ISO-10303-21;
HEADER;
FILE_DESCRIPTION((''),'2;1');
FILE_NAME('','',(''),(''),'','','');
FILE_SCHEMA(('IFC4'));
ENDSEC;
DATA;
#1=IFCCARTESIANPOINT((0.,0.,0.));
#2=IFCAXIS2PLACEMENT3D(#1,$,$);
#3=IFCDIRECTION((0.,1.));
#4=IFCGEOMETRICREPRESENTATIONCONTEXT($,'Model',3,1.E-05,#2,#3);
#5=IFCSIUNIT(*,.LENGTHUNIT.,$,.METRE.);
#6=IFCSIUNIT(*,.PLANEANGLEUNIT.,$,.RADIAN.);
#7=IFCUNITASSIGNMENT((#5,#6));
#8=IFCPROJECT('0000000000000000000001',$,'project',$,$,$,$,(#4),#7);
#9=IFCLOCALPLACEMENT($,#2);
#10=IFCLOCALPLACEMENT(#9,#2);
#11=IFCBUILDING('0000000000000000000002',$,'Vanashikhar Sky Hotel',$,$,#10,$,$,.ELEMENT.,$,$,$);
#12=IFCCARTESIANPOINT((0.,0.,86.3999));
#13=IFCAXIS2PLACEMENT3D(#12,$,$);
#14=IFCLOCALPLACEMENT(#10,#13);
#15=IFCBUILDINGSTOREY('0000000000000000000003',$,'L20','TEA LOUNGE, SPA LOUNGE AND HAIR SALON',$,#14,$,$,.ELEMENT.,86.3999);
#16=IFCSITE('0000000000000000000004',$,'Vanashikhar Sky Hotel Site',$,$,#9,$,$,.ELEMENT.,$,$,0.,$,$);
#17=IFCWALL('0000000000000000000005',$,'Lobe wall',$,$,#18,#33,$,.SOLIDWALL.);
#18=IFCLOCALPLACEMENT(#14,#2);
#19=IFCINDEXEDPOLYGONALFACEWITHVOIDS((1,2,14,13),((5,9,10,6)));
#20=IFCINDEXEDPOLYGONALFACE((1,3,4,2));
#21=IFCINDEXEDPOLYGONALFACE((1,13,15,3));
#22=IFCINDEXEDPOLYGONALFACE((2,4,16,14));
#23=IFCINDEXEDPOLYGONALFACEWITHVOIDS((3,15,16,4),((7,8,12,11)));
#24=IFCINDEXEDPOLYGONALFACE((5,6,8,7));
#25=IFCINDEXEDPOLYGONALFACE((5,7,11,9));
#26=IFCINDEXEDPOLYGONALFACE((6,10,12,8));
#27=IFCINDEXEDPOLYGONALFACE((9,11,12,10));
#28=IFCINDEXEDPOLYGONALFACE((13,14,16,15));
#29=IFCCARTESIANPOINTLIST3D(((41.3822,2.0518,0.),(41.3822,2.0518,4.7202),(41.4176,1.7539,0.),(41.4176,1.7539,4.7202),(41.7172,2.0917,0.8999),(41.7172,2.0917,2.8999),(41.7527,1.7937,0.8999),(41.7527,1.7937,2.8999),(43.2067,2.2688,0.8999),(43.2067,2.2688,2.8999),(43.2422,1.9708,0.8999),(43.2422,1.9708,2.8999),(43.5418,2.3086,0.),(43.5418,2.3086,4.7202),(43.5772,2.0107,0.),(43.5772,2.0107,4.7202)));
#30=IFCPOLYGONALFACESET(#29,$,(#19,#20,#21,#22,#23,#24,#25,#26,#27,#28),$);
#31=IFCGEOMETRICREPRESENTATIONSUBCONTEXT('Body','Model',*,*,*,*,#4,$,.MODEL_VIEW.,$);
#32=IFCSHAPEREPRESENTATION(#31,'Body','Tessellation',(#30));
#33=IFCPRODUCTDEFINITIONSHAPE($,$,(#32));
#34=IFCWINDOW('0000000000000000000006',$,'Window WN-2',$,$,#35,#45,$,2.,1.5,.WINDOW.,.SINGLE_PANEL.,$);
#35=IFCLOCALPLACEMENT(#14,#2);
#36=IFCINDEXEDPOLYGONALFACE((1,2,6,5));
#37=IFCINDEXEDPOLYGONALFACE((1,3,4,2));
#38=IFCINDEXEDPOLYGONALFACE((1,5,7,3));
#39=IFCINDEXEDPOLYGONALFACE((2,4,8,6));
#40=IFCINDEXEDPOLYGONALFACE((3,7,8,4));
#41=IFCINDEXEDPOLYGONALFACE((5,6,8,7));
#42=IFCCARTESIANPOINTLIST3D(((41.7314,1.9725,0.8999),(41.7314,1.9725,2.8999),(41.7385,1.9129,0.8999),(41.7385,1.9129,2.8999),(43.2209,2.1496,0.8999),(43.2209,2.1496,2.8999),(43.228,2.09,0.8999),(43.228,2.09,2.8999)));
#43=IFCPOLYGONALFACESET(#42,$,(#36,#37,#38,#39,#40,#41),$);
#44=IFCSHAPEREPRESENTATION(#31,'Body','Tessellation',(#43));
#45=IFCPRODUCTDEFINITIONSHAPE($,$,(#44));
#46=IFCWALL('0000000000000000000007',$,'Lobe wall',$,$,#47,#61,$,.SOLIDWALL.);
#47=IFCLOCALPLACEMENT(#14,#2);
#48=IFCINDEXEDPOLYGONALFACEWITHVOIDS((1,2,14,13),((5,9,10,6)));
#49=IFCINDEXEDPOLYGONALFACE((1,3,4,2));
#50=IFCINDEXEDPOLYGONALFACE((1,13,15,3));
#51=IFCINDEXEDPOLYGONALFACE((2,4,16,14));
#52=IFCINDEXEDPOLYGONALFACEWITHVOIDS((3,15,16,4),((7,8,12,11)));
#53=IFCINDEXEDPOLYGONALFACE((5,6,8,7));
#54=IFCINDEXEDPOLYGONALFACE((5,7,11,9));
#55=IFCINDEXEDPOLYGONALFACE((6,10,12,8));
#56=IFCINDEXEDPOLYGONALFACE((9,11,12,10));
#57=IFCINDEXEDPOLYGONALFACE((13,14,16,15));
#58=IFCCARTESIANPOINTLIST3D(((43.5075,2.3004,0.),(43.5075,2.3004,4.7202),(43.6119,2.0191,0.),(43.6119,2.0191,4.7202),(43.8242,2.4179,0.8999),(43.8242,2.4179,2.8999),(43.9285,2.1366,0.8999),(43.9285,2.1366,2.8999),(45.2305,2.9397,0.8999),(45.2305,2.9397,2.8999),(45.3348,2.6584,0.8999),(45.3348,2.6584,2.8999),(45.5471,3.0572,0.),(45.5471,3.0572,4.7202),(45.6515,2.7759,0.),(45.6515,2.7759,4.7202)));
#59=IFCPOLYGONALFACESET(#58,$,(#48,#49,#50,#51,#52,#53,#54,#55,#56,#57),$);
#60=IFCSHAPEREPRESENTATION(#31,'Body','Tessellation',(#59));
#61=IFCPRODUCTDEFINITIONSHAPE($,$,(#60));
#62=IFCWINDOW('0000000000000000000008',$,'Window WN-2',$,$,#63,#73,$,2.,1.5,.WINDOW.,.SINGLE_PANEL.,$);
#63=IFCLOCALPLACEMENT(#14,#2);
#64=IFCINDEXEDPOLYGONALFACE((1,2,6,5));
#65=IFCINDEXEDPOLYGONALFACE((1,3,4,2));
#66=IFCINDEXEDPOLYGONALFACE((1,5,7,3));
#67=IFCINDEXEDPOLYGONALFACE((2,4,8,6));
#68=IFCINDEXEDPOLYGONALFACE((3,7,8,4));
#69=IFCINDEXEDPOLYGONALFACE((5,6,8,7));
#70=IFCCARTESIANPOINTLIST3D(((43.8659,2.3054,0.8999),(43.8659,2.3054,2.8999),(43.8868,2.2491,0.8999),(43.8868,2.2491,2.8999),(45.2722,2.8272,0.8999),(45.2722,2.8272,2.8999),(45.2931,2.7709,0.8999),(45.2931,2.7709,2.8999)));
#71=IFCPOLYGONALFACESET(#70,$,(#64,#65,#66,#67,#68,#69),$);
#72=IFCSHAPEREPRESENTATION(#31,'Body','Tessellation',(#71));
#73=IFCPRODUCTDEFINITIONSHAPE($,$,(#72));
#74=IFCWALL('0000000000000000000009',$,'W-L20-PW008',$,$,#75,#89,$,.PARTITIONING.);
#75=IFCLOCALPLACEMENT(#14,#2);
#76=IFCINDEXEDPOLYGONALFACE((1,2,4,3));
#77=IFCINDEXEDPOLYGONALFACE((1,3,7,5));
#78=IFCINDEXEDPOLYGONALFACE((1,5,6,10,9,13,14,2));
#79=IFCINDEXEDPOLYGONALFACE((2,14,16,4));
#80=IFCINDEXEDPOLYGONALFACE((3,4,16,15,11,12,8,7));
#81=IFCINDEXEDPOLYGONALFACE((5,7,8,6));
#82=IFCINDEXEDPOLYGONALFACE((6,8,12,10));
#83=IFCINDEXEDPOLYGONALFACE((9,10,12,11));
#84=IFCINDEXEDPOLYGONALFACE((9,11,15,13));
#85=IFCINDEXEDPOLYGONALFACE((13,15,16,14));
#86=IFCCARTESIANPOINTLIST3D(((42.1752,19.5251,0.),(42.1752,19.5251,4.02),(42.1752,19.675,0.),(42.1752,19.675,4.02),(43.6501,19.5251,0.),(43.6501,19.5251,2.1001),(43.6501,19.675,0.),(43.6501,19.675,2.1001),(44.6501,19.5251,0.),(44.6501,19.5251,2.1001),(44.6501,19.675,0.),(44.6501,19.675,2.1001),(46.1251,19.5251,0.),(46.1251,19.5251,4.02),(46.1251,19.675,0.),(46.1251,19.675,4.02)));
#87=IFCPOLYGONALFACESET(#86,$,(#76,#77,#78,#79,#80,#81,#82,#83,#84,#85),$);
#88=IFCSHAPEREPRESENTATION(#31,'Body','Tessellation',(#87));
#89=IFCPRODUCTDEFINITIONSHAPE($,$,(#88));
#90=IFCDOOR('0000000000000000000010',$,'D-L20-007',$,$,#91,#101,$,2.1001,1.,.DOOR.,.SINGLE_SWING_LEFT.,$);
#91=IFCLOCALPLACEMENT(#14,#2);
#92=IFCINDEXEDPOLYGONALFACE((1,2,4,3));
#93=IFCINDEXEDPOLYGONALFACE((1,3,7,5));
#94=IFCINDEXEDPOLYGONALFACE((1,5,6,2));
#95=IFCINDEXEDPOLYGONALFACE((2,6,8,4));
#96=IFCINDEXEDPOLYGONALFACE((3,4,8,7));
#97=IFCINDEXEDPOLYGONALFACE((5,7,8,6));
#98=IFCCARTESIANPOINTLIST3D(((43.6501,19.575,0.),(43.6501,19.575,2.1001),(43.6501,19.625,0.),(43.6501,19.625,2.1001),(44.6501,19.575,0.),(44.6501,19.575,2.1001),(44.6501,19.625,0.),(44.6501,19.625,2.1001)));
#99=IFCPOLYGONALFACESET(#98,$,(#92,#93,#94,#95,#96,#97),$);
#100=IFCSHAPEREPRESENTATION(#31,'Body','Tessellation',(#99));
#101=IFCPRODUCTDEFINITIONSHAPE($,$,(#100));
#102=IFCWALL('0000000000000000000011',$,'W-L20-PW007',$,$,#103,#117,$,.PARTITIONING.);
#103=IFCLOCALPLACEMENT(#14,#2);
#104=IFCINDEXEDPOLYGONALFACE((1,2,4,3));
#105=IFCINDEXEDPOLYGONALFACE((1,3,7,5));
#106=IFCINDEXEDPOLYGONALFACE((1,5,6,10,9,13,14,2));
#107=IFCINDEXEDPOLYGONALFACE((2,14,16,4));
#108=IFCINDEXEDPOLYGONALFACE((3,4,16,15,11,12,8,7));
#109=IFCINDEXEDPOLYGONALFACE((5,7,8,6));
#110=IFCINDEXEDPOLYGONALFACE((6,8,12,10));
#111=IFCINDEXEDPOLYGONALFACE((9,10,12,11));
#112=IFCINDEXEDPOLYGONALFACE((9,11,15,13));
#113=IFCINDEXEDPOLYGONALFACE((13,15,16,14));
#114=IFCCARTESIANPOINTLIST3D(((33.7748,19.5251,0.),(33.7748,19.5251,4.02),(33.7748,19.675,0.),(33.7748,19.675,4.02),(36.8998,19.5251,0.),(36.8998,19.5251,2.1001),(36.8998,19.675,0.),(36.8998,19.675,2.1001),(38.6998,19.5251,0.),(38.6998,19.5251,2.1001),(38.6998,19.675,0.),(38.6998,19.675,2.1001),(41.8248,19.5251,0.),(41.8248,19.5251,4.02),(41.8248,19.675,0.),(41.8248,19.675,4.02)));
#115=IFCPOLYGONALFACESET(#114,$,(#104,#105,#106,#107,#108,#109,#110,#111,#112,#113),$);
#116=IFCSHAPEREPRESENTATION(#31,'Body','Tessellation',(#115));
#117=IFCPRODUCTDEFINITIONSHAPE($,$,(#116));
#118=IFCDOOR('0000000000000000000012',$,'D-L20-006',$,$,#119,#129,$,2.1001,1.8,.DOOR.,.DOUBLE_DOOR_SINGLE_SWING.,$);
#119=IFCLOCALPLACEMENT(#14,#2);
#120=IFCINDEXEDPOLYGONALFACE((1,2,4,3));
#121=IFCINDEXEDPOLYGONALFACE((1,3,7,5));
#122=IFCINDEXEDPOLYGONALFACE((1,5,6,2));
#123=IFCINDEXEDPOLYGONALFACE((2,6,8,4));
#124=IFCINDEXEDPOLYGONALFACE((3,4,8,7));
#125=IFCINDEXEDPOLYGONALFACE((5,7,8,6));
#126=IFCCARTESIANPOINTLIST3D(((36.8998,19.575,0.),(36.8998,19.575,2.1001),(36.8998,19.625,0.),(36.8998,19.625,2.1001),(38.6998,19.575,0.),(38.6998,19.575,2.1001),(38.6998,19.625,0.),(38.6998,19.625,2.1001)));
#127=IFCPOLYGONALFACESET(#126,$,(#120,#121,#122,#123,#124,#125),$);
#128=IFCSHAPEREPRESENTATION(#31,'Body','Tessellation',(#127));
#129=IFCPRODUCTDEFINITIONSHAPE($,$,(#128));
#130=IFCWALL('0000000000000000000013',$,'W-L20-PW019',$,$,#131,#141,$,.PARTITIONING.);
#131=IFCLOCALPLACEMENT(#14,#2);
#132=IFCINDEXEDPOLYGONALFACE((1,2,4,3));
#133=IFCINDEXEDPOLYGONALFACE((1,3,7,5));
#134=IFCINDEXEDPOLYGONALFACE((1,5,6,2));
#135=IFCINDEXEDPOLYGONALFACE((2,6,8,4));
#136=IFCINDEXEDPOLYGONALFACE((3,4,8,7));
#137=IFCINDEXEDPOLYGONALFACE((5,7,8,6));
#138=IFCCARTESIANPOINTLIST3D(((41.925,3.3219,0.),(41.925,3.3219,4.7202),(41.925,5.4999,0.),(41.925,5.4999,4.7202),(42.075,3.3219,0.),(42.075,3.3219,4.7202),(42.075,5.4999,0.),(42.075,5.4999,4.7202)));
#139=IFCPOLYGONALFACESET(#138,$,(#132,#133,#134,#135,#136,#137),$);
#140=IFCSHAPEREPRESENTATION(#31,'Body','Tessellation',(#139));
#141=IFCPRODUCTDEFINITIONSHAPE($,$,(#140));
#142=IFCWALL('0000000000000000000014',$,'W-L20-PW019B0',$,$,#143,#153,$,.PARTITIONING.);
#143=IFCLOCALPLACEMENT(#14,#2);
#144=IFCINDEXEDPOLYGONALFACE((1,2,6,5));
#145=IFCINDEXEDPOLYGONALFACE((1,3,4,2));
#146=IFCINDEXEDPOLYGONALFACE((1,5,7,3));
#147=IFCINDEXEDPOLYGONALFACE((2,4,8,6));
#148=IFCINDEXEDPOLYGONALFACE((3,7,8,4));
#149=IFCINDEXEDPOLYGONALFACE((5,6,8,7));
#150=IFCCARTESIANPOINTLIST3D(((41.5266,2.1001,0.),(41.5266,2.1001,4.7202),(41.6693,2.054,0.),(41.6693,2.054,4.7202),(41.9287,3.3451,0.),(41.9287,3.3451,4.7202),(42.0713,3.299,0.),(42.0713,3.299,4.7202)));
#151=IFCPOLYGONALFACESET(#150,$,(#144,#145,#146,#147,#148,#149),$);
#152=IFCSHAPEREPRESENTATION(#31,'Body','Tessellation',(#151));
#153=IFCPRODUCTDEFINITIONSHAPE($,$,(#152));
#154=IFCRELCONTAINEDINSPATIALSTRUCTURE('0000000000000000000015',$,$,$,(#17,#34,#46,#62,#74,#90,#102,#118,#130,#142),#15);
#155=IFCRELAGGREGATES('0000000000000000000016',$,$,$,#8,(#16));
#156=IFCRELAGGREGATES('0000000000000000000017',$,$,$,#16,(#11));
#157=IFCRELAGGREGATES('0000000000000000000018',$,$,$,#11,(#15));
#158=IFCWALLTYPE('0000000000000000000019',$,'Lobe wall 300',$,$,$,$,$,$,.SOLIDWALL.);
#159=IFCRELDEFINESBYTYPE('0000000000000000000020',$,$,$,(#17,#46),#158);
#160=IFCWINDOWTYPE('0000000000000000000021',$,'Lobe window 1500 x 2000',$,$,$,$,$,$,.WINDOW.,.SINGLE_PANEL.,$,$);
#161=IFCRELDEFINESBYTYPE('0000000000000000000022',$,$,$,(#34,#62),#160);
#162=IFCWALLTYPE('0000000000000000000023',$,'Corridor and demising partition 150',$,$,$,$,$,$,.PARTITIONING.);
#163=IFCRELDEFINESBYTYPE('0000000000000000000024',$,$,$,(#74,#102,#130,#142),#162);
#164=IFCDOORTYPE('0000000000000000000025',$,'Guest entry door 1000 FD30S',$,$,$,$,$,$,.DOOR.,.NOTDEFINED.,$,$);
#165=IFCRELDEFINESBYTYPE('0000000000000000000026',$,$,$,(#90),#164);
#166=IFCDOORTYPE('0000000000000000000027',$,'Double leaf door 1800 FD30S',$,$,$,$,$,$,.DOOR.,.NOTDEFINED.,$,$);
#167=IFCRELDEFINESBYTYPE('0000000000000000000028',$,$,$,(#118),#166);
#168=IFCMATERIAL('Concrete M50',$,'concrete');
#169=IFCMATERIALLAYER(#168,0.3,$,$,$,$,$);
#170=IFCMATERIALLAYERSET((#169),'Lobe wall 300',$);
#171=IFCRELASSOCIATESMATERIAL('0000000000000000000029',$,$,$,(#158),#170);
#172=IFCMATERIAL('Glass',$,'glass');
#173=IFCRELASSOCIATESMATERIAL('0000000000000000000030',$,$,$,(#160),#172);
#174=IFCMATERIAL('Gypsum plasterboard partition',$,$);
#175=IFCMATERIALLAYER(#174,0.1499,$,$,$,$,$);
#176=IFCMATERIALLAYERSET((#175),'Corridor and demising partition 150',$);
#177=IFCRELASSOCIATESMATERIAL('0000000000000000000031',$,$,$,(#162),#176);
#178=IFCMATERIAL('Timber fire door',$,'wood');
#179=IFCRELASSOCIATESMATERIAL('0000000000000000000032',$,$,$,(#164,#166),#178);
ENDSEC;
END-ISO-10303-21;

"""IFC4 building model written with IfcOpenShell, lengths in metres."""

from ifc_helpers import new_model, si_unit, direction, frame, frame_2d, origin, place, context, subcontext, project, spatial, rectangle, extrude, source, transform, mapped, material, layer, layer_set, type_object, element, fill, save


model = new_model("IFC4")

# Units and contexts
model_context = context("Model", 3, precision=1e-05, world=origin(), true_north=direction((0.0, 1.0)))
body_context = subcontext(model_context, "Body", "Model", "MODEL_VIEW")
ifc_project = project(units=[si_unit("LENGTHUNIT", "METRE"), si_unit("PLANEANGLEUNIT", "RADIAN")], contexts=[model_context])

# Site, building, storey
site_placement = place(None, origin())
site = spatial("IfcSite", under=ifc_project, at=site_placement, Name="Vanashikhar Sky Hotel Site", CompositionType="ELEMENT", RefElevation=0.0)
building_placement = place(site_placement, origin())
building = spatial("IfcBuilding", under=site, at=building_placement, Name="Vanashikhar Sky Hotel", CompositionType="ELEMENT")
storey_placement = place(building_placement, frame((0.0, 0.0, 86.3999)))
storey = spatial("IfcBuildingStorey", under=building, at=storey_placement, Name="L20", Description="TEA LOUNGE, SPA LOUNGE AND HAIR SALON", CompositionType="ELEMENT", Elevation=86.3999)

# Shared definitions
ifc_material_1 = material(Name="Concrete M50", Category="concrete")

# Walls, openings, windows
ifc_layer_1 = layer(ifc_material_1, 0.3)
ifc_layer_set_1 = layer_set([ifc_layer_1], Name="Lobe wall 300")
wall_type_1 = type_object("IfcWallType", Name="Lobe wall 300", PredefinedType="SOLIDWALL", material=ifc_layer_set_1)
shared_shape_1 = source(origin(), body_context, "Body", "SweptSolid", [
    extrude(rectangle(XDim=1.5, YDim=2.0, at=frame_2d((0.75, 1.0))), frame((0.0, 0.1602, 0.0), z_axis=(0.0, -1.0, 0.0), x_axis=(1.0, 0.0, 0.0)), (0.0, 0.0, 1.0), 0.3201),
])
ifc_material_2 = material(Name="Glass", Category="glass")
window_type = type_object("IfcWindowType", Name="Lobe window 1500 x 2000", PartitioningType="SINGLE_PANEL", PredefinedType="WINDOW", material=ifc_material_2)
shared_shape_2 = source(origin(), body_context, "Body", "SweptSolid", [
    extrude(rectangle(XDim=1.5, YDim=2.0, at=frame_2d((0.75, 1.0))), frame((0.0, 0.03, 0.0), z_axis=(0.0, -1.0, 0.0), x_axis=(1.0, 0.0, 0.0)), (0.0, 0.0, 1.0), 0.0601),
])
shared_shape_3 = source(origin(), body_context, "Body", "SweptSolid", [
    extrude(rectangle(XDim=2.1748, YDim=0.3, at=frame_2d((1.0874, 0.0))), origin(), (0.0, 0.0, 1.0), 4.7202),
])
wall_1_placement = place(storey_placement, frame((41.3999, 1.9028, 0.0), z_axis=(0.0, 0.0, 1.0), x_axis=(0.993003, 0.118092, 0.0)))
wall_1 = element("IfcWall", 1, at=wall_1_placement, inside=storey, type_object=wall_type_1, Name="Lobe wall", PredefinedType="SOLIDWALL", context=body_context, shape_type="MappedRepresentation", body=[
    mapped(shared_shape_3, transform((0.0, 0.0, 0.0), scale=1.0)),
])
opening_1_placement = place(wall_1_placement, frame((0.3374, 0.0, 0.8999)))
opening_1 = element("IfcOpeningElement", 2, at=opening_1_placement, cuts=wall_1, PredefinedType="OPENING", context=body_context, shape_type="MappedRepresentation", body=[
    mapped(shared_shape_1, transform((0.0, 0.0, 0.0), scale=1.0)),
])
window_1_placement = place(opening_1_placement, origin())
window_1 = element("IfcWindow", 3, at=window_1_placement, inside=storey, type_object=window_type, Name="Window WN-2", OverallHeight=2.0, OverallWidth=1.5, PartitioningType="SINGLE_PANEL", PredefinedType="WINDOW", context=body_context, shape_type="MappedRepresentation", body=[
    mapped(shared_shape_2, transform((0.0, 0.0, 0.0), scale=1.0)),
])
fill(opening_1, window_1)
shared_shape_4 = source(origin(), body_context, "Body", "SweptSolid", [
    extrude(rectangle(XDim=2.1755, YDim=0.3, at=frame_2d((1.0879, 0.0))), origin(), (0.0, 0.0, 1.0), 4.7202),
])
wall_2_placement = place(storey_placement, frame((43.5596, 2.1597, 0.0), z_axis=(0.0, 0.0, 1.0), x_axis=(0.937532, 0.347899, 0.0)))
wall_2 = element("IfcWall", 4, at=wall_2_placement, inside=storey, type_object=wall_type_1, Name="Lobe wall", PredefinedType="SOLIDWALL", context=body_context, shape_type="MappedRepresentation", body=[
    mapped(shared_shape_4, transform((0.0, 0.0, 0.0), scale=1.0)),
])
opening_2_placement = place(wall_2_placement, frame((0.3379, 0.0, 0.8999)))
opening_2 = element("IfcOpeningElement", 5, at=opening_2_placement, cuts=wall_2, PredefinedType="OPENING", context=body_context, shape_type="MappedRepresentation", body=[
    mapped(shared_shape_1, transform((0.0, 0.0, 0.0), scale=1.0)),
])
window_2_placement = place(opening_2_placement, origin())
window_2 = element("IfcWindow", 6, at=window_2_placement, inside=storey, type_object=window_type, Name="Window WN-2", OverallHeight=2.0, OverallWidth=1.5, PartitioningType="SINGLE_PANEL", PredefinedType="WINDOW", context=body_context, shape_type="MappedRepresentation", body=[
    mapped(shared_shape_2, transform((0.0, 0.0, 0.0), scale=1.0)),
])
fill(opening_2, window_2)

# Walls, openings, doors
ifc_material_3 = material(Name="Gypsum plasterboard partition")
ifc_layer_2 = layer(ifc_material_3, 0.1499)
ifc_layer_set_2 = layer_set([ifc_layer_2], Name="Corridor and demising partition 150")
wall_type_2 = type_object("IfcWallType", Name="Corridor and demising partition 150", PredefinedType="PARTITIONING", material=ifc_layer_set_2)
shared_shape_5 = source(origin(), body_context, "Body", "SweptSolid", [
    extrude(rectangle(XDim=3.95, YDim=0.1499, at=frame_2d((1.9751, 0.0))), origin(), (0.0, 0.0, 1.0), 4.02),
])
wall_3_placement = place(storey_placement, frame((42.175, 19.6001, 0.0), z_axis=(0.0, 0.0, 1.0), x_axis=(1.0, 0.0, 0.0)))
wall_3 = element("IfcWall", 7, at=wall_3_placement, inside=storey, type_object=wall_type_2, Name="W-L20-PW008", PredefinedType="PARTITIONING", context=body_context, shape_type="MappedRepresentation", body=[
    mapped(shared_shape_5, transform((0.0, 0.0, 0.0), scale=1.0)),
])
shared_shape_6 = source(origin(), body_context, "Body", "SweptSolid", [
    extrude(rectangle(XDim=1.0, YDim=2.1001, at=frame_2d((0.5, 1.05))), frame((0.0, 0.085, 0.0), z_axis=(0.0, -1.0, 0.0), x_axis=(1.0, 0.0, 0.0)), (0.0, 0.0, 1.0), 0.1699),
])
opening_3_placement = place(wall_3_placement, frame((1.4751, 0.0, 0.0)))
opening_3 = element("IfcOpeningElement", 8, at=opening_3_placement, cuts=wall_3, PredefinedType="OPENING", context=body_context, shape_type="MappedRepresentation", body=[
    mapped(shared_shape_6, transform((0.0, 0.0, 0.0), scale=1.0)),
])
ifc_material_4 = material(Name="Timber fire door", Category="wood")
door_type_1 = type_object("IfcDoorType", Name="Guest entry door 1000 FD30S", OperationType="NOTDEFINED", PredefinedType="DOOR", material=ifc_material_4)
shared_shape_7 = source(origin(), body_context, "Body", "SweptSolid", [
    extrude(rectangle(XDim=1.0, YDim=2.1001, at=frame_2d((0.5, 1.05))), frame((0.0, 0.0249, 0.0), z_axis=(0.0, -1.0, 0.0), x_axis=(1.0, 0.0, 0.0)), (0.0, 0.0, 1.0), 0.05),
])
door_1_placement = place(opening_3_placement, origin())
door_1 = element("IfcDoor", 9, at=door_1_placement, inside=storey, type_object=door_type_1, Name="D-L20-007", OperationType="SINGLE_SWING_LEFT", OverallHeight=2.1001, OverallWidth=1.0, PredefinedType="DOOR", context=body_context, shape_type="MappedRepresentation", body=[
    mapped(shared_shape_7, transform((0.0, 0.0, 0.0), scale=1.0)),
])
fill(opening_3, door_1)
shared_shape_8 = source(origin(), body_context, "Body", "SweptSolid", [
    extrude(rectangle(XDim=8.05, YDim=0.1499, at=frame_2d((4.0249, 0.0))), origin(), (0.0, 0.0, 1.0), 4.02),
])
wall_4_placement = place(storey_placement, frame((33.7749, 19.6001, 0.0), z_axis=(0.0, 0.0, 1.0), x_axis=(1.0, 0.0, 0.0)))
wall_4 = element("IfcWall", 10, at=wall_4_placement, inside=storey, type_object=wall_type_2, Name="W-L20-PW007", PredefinedType="PARTITIONING", context=body_context, shape_type="MappedRepresentation", body=[
    mapped(shared_shape_8, transform((0.0, 0.0, 0.0), scale=1.0)),
])
shared_shape_9 = source(origin(), body_context, "Body", "SweptSolid", [
    extrude(rectangle(XDim=1.8, YDim=2.1001, at=frame_2d((0.8999, 1.05))), frame((0.0, 0.085, 0.0), z_axis=(0.0, -1.0, 0.0), x_axis=(1.0, 0.0, 0.0)), (0.0, 0.0, 1.0), 0.1699),
])
opening_4_placement = place(wall_4_placement, frame((3.125, 0.0, 0.0)))
opening_4 = element("IfcOpeningElement", 11, at=opening_4_placement, cuts=wall_4, PredefinedType="OPENING", context=body_context, shape_type="MappedRepresentation", body=[
    mapped(shared_shape_9, transform((0.0, 0.0, 0.0), scale=1.0)),
])
door_type_2 = type_object("IfcDoorType", Name="Double leaf door 1800 FD30S", OperationType="NOTDEFINED", PredefinedType="DOOR", material=ifc_material_4)
shared_shape_10 = source(origin(), body_context, "Body", "SweptSolid", [
    extrude(rectangle(XDim=1.8, YDim=2.1001, at=frame_2d((0.8999, 1.05))), frame((0.0, 0.0249, 0.0), z_axis=(0.0, -1.0, 0.0), x_axis=(1.0, 0.0, 0.0)), (0.0, 0.0, 1.0), 0.05),
])
door_2_placement = place(opening_4_placement, origin())
door_2 = element("IfcDoor", 12, at=door_2_placement, inside=storey, type_object=door_type_2, Name="D-L20-006", OperationType="DOUBLE_DOOR_SINGLE_SWING", OverallHeight=2.1001, OverallWidth=1.8, PredefinedType="DOOR", context=body_context, shape_type="MappedRepresentation", body=[
    mapped(shared_shape_10, transform((0.0, 0.0, 0.0), scale=1.0)),
])
fill(opening_4, door_2)

# Walls
shared_shape_11 = source(origin(), body_context, "Body", "SweptSolid", [
    extrude(rectangle(XDim=2.178, YDim=0.1499, at=frame_2d((1.0889, 0.0))), origin(), (0.0, 0.0, 1.0), 4.7202),
])
wall_5_placement = place(storey_placement, frame((42.0, 3.322, 0.0), z_axis=(0.0, 0.0, 1.0), x_axis=(0.0, 1.0, 0.0)))
element("IfcWall", 13, at=wall_5_placement, inside=storey, type_object=wall_type_2, Name="W-L20-PW019", PredefinedType="PARTITIONING", context=body_context, shape_type="MappedRepresentation", body=[
    mapped(shared_shape_11, transform((0.0, 0.0, 0.0), scale=1.0)),
])
shared_shape_12 = source(origin(), body_context, "Body", "SweptSolid", [
    extrude(rectangle(XDim=1.3083, YDim=0.1499, at=frame_2d((0.6543, 0.0))), origin(), (0.0, 0.0, 1.0), 4.7202),
])
wall_6_placement = place(storey_placement, frame((41.5979, 2.0769, 0.0), z_axis=(0.0, 0.0, 1.0), x_axis=(0.307314, 0.951608, 0.0)))
element("IfcWall", 14, at=wall_6_placement, inside=storey, type_object=wall_type_2, Name="W-L20-PW019B0", PredefinedType="PARTITIONING", context=body_context, shape_type="MappedRepresentation", body=[
    mapped(shared_shape_12, transform((0.0, 0.0, 0.0), scale=1.0)),
])

save(model, "model.ifc")
